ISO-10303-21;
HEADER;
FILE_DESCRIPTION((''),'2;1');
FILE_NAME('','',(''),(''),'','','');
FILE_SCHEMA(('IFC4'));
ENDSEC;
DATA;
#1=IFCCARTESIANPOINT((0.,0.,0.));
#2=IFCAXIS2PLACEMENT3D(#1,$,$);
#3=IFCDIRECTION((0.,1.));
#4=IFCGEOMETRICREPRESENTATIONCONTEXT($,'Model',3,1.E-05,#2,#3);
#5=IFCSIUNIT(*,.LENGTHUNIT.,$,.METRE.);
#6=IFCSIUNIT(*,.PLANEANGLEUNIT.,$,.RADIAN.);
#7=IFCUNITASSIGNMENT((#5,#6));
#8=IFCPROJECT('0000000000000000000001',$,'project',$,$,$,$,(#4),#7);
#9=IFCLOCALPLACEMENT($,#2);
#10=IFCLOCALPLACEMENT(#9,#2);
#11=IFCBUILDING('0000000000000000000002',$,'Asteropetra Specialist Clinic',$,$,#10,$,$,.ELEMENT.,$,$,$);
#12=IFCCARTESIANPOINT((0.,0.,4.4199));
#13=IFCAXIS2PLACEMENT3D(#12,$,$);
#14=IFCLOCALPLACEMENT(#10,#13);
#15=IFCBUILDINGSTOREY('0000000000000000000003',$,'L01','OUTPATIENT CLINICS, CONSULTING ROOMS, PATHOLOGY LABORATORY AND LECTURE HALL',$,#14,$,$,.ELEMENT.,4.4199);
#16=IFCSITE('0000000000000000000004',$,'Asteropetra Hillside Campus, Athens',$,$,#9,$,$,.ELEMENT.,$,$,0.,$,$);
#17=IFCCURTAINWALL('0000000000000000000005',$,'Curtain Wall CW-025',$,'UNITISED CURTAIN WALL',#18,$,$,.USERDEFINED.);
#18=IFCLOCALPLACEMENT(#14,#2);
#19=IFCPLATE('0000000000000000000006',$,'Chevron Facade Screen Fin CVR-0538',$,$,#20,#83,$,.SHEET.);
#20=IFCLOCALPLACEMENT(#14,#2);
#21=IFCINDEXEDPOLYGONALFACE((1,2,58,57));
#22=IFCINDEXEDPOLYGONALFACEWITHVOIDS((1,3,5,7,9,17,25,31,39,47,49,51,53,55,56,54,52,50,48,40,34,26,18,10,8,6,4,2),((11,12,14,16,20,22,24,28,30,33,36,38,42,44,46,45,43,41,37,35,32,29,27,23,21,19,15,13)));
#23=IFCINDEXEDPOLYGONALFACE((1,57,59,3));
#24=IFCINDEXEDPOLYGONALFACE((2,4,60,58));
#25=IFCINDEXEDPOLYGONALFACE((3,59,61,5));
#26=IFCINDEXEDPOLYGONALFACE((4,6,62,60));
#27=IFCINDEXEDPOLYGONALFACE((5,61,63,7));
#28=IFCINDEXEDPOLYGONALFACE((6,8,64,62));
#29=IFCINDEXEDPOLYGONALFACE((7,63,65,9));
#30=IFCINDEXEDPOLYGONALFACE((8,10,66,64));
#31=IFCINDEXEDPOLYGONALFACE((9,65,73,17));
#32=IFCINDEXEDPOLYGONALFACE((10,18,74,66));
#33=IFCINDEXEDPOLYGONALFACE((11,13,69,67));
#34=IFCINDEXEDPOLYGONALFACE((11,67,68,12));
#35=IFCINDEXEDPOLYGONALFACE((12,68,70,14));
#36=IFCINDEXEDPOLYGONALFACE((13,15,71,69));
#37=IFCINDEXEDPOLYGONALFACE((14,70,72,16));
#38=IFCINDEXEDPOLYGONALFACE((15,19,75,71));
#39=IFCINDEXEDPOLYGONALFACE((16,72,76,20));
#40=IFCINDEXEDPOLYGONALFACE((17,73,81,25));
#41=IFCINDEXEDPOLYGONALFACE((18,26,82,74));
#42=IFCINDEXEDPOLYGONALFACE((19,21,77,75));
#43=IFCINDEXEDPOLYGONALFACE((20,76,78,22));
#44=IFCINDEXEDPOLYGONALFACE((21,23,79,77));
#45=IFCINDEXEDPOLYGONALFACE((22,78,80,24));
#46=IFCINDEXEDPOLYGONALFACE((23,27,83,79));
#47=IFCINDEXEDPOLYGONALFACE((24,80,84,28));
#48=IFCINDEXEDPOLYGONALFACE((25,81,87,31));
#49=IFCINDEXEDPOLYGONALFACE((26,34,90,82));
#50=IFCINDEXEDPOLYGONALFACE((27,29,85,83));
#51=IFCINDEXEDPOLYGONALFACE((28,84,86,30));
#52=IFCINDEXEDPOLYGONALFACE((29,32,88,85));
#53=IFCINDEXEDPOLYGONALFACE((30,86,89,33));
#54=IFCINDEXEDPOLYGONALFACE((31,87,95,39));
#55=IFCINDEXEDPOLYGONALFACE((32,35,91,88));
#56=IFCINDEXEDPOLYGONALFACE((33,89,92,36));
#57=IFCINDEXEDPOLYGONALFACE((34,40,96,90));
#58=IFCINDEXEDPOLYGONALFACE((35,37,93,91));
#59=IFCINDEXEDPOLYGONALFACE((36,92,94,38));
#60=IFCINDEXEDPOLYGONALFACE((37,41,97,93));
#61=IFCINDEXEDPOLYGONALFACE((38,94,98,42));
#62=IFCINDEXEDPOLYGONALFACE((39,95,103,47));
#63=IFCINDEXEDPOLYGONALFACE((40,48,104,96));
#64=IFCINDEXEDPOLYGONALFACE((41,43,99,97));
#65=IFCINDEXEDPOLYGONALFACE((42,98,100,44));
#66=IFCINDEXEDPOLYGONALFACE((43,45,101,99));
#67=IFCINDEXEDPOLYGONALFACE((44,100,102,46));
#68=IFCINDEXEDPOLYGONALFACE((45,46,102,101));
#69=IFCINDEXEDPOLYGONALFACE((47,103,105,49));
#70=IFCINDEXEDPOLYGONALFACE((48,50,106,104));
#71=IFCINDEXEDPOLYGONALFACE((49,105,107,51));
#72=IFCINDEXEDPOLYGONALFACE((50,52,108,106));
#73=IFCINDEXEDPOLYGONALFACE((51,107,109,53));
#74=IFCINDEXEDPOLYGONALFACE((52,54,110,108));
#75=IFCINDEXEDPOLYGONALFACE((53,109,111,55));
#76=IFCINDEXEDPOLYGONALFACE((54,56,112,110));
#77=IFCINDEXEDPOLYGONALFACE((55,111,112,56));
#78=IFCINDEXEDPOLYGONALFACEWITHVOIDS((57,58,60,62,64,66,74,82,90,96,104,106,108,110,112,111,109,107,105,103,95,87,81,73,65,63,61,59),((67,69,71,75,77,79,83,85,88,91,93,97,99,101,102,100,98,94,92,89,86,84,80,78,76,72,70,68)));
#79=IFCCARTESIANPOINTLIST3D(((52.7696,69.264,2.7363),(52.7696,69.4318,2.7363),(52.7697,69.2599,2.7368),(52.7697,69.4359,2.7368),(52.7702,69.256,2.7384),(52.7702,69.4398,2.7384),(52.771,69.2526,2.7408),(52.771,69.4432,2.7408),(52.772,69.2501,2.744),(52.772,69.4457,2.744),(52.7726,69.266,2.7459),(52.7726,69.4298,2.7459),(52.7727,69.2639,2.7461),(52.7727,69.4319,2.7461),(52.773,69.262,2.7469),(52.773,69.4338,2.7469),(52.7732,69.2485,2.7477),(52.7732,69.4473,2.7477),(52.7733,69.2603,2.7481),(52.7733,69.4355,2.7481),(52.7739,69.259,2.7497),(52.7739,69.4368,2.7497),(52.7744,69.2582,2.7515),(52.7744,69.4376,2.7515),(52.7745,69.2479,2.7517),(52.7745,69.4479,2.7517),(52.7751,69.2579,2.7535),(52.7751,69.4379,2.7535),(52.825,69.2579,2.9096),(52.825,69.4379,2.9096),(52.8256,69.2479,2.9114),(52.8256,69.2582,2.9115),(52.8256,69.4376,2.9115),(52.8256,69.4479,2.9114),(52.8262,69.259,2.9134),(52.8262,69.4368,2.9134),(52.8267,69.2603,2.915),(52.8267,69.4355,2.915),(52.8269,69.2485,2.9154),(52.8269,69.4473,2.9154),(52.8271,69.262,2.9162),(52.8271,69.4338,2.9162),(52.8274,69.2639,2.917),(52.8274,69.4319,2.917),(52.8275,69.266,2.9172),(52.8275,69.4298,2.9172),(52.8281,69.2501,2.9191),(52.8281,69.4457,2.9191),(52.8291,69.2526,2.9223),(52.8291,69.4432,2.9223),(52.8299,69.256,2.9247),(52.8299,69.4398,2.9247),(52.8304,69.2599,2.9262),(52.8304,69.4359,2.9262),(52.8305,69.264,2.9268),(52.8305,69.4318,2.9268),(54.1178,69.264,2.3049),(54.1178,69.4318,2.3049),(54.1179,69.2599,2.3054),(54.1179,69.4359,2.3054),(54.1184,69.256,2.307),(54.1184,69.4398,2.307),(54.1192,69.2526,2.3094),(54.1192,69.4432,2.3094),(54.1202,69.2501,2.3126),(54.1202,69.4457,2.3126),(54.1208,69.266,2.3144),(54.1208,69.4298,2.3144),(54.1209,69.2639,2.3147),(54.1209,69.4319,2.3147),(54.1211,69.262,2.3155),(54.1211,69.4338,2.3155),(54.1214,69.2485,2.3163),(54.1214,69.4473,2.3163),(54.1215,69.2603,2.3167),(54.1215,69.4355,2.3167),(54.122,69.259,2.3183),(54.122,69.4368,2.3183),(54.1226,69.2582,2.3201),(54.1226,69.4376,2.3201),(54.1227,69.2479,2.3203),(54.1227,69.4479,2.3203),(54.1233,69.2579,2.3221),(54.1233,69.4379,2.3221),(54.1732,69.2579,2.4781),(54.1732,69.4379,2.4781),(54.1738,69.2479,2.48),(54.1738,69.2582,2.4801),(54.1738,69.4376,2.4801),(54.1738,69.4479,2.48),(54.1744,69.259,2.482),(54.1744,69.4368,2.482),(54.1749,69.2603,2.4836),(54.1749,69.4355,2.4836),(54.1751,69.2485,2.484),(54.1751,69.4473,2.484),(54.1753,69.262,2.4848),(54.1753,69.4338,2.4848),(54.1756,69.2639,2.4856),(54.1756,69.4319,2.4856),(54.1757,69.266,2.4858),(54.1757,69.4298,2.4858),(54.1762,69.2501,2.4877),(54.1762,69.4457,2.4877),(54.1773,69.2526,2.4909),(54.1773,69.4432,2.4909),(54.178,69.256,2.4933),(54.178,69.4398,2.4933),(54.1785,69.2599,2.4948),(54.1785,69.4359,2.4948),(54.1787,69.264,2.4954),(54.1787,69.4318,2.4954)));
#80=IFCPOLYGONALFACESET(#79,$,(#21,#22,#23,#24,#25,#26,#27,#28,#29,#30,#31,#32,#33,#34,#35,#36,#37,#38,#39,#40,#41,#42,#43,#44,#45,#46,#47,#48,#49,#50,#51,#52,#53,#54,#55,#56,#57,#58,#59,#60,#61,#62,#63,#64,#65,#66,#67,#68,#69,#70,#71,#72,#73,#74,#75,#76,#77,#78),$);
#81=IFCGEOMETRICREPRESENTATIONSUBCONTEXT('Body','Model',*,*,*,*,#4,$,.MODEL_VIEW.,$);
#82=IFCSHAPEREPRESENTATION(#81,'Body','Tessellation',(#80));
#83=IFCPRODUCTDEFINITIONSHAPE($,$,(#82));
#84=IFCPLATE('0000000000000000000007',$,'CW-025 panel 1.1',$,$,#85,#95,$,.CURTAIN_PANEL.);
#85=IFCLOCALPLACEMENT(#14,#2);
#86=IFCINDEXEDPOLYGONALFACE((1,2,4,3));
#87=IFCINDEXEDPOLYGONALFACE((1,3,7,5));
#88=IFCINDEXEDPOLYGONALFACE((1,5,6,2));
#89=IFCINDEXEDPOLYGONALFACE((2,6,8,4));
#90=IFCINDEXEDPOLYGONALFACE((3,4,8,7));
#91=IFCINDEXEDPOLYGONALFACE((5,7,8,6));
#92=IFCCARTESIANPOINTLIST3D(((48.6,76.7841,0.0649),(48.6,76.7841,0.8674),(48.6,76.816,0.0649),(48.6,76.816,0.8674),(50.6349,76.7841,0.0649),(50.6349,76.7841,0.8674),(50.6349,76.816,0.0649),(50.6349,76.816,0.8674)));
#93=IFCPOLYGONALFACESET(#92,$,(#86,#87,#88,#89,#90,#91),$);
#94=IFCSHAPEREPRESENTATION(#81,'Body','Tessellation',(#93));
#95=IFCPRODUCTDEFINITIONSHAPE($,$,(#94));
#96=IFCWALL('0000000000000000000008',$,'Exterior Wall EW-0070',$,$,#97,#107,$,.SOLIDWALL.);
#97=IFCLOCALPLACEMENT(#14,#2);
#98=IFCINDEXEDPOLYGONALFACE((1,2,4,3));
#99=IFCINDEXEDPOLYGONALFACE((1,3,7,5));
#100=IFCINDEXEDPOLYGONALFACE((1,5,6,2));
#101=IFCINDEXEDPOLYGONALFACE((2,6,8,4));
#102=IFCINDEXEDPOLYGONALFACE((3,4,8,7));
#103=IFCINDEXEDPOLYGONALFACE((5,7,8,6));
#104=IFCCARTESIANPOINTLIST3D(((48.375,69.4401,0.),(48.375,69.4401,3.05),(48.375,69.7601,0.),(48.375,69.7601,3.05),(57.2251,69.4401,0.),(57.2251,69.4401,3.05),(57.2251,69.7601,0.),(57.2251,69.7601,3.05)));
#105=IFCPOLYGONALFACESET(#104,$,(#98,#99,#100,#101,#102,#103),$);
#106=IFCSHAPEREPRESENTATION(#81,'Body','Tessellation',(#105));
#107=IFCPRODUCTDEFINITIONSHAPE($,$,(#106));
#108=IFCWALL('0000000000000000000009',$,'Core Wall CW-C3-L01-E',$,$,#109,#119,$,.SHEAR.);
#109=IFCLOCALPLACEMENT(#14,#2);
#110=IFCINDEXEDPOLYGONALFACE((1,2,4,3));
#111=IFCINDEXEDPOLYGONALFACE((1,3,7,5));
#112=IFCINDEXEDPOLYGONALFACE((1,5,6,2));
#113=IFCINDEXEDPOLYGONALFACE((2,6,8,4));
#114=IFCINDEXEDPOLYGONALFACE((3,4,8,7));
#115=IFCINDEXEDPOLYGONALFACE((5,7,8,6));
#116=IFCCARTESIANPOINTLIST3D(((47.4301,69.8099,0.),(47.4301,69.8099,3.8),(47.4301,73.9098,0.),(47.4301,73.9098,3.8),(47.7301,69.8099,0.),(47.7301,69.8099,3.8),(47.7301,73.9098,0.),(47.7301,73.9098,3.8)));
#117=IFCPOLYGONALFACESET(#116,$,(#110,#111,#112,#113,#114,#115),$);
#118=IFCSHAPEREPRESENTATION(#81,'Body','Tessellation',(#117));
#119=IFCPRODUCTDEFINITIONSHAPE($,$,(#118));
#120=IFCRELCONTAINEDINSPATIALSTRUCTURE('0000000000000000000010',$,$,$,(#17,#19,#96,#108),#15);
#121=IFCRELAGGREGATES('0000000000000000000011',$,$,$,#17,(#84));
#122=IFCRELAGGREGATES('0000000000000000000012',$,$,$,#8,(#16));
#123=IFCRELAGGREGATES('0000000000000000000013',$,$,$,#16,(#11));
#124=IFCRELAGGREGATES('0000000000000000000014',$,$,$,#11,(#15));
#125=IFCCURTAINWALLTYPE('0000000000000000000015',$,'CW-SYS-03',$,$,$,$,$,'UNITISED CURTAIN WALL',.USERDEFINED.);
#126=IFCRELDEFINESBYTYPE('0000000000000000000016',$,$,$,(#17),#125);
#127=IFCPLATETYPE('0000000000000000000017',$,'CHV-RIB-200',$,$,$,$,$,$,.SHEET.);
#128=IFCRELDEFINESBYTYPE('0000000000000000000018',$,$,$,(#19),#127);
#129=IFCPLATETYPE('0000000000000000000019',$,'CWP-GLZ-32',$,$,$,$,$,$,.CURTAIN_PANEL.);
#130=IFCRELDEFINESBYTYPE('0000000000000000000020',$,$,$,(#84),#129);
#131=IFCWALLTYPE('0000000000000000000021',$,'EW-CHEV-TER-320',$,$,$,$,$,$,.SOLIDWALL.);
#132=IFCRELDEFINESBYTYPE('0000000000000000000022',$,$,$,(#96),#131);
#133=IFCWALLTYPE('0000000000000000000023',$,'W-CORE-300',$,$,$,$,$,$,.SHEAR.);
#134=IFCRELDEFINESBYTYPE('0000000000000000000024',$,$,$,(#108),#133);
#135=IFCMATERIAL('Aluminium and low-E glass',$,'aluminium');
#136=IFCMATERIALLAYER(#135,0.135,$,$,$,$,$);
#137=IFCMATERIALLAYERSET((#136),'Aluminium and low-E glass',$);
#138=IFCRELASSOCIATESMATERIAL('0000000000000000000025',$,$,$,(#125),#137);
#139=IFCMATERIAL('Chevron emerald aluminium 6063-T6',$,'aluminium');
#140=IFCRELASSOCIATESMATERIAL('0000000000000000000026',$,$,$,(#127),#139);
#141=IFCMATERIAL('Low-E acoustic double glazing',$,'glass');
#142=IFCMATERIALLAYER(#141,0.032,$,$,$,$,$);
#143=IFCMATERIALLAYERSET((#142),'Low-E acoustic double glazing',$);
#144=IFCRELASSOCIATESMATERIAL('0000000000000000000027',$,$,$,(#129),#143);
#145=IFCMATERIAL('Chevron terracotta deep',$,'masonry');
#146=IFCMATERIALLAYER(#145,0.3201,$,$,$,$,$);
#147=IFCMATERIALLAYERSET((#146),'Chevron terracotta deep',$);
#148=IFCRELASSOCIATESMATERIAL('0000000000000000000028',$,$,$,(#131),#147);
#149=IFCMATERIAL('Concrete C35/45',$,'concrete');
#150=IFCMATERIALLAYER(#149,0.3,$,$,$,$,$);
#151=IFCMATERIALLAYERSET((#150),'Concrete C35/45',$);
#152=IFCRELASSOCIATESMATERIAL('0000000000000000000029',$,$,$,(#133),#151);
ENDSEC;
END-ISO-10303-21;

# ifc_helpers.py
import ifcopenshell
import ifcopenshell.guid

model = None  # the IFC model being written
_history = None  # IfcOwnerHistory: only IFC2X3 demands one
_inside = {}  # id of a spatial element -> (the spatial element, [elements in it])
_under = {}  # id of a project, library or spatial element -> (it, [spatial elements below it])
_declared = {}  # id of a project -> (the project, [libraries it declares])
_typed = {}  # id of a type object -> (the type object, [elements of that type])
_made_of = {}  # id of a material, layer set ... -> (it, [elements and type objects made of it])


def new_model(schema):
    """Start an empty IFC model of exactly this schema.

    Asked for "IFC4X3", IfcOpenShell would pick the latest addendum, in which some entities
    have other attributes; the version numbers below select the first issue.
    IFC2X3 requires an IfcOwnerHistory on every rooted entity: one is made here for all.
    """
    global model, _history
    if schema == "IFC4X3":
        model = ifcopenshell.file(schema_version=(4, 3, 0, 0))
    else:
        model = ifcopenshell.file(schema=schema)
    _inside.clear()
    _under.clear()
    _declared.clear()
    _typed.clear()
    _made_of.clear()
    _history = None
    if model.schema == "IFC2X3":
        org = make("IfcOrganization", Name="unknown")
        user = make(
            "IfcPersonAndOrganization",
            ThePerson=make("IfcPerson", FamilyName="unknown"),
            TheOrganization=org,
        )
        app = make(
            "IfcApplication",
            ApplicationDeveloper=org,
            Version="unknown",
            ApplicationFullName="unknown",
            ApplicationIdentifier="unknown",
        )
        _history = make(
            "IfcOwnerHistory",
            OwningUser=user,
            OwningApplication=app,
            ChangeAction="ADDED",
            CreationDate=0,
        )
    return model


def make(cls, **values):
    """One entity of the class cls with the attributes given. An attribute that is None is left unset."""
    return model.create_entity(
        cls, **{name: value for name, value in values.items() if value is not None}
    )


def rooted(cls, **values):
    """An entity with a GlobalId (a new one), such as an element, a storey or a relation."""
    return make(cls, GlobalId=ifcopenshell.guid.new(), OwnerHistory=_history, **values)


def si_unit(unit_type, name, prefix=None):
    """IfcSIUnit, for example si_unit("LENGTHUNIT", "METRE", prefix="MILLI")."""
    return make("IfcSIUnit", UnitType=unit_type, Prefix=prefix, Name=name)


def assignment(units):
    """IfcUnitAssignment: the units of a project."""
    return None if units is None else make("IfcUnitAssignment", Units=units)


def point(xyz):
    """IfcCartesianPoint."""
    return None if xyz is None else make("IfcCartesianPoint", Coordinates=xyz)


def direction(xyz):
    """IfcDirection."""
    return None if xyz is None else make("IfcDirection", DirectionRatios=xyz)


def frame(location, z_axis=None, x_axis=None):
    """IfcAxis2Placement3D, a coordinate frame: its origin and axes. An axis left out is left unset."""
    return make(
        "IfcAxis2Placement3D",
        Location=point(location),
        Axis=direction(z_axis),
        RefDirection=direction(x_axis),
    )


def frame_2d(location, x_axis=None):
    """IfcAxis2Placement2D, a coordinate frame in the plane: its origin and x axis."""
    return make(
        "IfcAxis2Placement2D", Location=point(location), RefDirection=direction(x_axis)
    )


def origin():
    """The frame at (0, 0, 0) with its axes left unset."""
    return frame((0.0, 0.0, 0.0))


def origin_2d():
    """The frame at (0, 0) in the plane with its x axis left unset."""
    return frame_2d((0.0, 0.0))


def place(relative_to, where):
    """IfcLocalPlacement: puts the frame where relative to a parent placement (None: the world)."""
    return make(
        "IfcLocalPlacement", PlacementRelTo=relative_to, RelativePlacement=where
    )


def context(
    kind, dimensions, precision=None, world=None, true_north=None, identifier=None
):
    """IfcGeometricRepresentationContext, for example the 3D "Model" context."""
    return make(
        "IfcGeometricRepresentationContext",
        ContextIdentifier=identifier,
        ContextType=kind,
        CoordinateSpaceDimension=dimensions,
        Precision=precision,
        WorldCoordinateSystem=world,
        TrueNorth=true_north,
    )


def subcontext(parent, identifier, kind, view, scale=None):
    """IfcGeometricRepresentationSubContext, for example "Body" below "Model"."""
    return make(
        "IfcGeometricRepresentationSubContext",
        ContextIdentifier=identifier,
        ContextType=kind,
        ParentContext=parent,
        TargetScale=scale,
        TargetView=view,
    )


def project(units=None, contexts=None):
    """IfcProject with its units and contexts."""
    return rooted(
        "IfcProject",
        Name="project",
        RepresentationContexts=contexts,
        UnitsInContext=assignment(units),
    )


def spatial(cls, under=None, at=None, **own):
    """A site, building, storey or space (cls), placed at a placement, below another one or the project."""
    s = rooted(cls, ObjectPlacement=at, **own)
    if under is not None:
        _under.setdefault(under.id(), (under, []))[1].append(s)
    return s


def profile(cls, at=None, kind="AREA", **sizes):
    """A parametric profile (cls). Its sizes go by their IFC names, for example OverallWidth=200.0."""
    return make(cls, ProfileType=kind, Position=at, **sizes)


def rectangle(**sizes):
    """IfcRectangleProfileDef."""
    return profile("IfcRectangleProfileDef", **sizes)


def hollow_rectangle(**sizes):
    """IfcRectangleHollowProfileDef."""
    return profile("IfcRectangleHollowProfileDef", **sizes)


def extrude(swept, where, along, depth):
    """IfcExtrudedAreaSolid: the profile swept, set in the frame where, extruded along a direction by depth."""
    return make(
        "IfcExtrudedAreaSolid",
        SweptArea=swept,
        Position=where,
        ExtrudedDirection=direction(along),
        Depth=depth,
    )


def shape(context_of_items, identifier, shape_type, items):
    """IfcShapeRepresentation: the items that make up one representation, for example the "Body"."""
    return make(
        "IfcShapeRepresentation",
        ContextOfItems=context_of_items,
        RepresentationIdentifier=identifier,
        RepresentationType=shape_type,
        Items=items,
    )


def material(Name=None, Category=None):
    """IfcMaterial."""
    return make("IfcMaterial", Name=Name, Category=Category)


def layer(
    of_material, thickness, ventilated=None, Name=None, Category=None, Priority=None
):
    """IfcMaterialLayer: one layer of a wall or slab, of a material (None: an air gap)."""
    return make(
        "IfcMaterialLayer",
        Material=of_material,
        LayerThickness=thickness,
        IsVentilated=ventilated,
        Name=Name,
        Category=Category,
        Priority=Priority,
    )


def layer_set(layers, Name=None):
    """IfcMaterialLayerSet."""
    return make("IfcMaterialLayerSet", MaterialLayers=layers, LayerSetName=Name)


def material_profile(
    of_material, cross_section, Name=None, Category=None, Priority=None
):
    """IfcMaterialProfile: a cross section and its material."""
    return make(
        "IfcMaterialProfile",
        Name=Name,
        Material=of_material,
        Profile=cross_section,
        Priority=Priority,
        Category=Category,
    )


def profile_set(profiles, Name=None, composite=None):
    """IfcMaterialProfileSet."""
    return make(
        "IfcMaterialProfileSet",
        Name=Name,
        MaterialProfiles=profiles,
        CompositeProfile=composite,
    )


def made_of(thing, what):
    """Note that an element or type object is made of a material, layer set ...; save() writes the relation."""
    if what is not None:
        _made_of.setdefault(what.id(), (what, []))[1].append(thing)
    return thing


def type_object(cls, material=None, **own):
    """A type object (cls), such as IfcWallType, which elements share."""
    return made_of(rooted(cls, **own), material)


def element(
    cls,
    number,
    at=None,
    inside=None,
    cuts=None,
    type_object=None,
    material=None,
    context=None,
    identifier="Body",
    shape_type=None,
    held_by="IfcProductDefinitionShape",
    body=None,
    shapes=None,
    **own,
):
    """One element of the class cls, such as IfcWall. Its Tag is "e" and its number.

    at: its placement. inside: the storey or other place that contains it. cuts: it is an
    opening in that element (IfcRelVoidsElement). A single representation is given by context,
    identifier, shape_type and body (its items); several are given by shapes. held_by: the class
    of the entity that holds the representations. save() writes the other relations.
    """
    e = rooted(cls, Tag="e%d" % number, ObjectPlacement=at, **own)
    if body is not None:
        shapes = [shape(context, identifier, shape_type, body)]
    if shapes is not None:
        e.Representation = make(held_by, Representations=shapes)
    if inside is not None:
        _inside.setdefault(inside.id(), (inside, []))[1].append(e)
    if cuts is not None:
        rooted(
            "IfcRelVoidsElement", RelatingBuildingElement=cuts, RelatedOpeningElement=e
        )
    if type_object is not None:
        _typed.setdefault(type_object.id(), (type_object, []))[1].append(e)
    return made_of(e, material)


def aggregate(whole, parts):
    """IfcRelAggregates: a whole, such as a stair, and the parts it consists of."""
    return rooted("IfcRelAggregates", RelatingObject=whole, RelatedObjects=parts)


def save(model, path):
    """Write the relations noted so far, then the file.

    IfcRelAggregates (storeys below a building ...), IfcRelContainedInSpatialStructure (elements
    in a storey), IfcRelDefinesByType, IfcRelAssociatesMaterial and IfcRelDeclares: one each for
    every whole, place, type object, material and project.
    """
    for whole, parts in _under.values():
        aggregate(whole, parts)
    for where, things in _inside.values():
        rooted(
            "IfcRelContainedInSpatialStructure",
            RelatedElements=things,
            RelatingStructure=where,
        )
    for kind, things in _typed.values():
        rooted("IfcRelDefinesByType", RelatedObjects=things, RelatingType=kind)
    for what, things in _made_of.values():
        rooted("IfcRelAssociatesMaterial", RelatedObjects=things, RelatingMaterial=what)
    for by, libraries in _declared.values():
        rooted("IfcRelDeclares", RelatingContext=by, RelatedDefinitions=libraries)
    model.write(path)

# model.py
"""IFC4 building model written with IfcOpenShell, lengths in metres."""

from ifc_helpers import new_model, si_unit, direction, frame, frame_2d, origin, origin_2d, place, context, subcontext, project, spatial, rectangle, hollow_rectangle, extrude, material, layer, layer_set, material_profile, profile_set, type_object, element, aggregate, save


model = new_model("IFC4")

# Units and contexts
model_context = context("Model", 3, precision=1e-05, world=origin(), true_north=direction((0.0, 1.0)))
body_context = subcontext(model_context, "Body", "Model", "MODEL_VIEW")
ifc_project = project(units=[si_unit("LENGTHUNIT", "METRE"), si_unit("PLANEANGLEUNIT", "RADIAN")], contexts=[model_context])

# Site, building, storey
site_placement = place(None, origin())
site = spatial("IfcSite", under=ifc_project, at=site_placement, Name="Asteropetra Hillside Campus, Athens", CompositionType="ELEMENT", RefElevation=0.0)
building_placement = place(site_placement, origin())
building = spatial("IfcBuilding", under=site, at=building_placement, Name="Asteropetra Specialist Clinic", CompositionType="ELEMENT")
storey_placement = place(building_placement, frame((0.0, 0.0, 4.4199)))
storey = spatial("IfcBuildingStorey", under=building, at=storey_placement, Name="L01", Description="OUTPATIENT CLINICS, CONSULTING ROOMS, PATHOLOGY LABORATORY AND LECTURE HALL", CompositionType="ELEMENT", Elevation=4.4199)

# Curtain wall
ifc_material_1 = material(Name="Aluminium and low-E glass", Category="aluminium")
ifc_layer_1 = layer(ifc_material_1, 0.135)
ifc_layer_set_1 = layer_set([ifc_layer_1], Name="Aluminium and low-E glass")
curtain_wall_type = type_object("IfcCurtainWallType", Name="CW-SYS-03", ElementType="UNITISED CURTAIN WALL", PredefinedType="USERDEFINED", material=ifc_layer_set_1)
curtain_wall_placement = place(storey_placement, origin())
curtain_wall = element("IfcCurtainWall", 1, at=curtain_wall_placement, inside=storey, type_object=curtain_wall_type, Name="Curtain Wall CW-025", ObjectType="UNITISED CURTAIN WALL", PredefinedType="USERDEFINED")

# Plate
ifc_material_2 = material(Name="Chevron emerald aluminium 6063-T6", Category="aluminium")
ifc_material_profile_1 = material_profile(ifc_material_2, hollow_rectangle(XDim=0.2, YDim=0.2, WallThickness=0.01, InnerFilletRadius=0.0081, OuterFilletRadius=0.0161, at=origin_2d()), Name="SHS 200x200x10.0")
ifc_profile_set_1 = profile_set([ifc_material_profile_1], Name="Chevron emerald aluminium 6063-T6")
plate_type_1 = type_object("IfcPlateType", Name="CHV-RIB-200", PredefinedType="SHEET", material=ifc_profile_set_1)
plate_1_placement = place(storey_placement, frame((52.8, 69.3479, 2.8315), z_axis=(0.952426, 0.0, -0.304769), x_axis=(0.0, 1.0, 0.0)))
element("IfcPlate", 2, at=plate_1_placement, inside=storey, type_object=plate_type_1, Name="Chevron Facade Screen Fin CVR-0538", PredefinedType="SHEET", context=body_context, shape_type="SweptSolid", body=[
    extrude(hollow_rectangle(XDim=0.2, YDim=0.2, WallThickness=0.01, InnerFilletRadius=0.0081, OuterFilletRadius=0.0161, at=origin_2d()), origin(), (0.0, 0.0, 1.0), 1.4155),
])

# Plate
ifc_material_3 = material(Name="Low-E acoustic double glazing", Category="glass")
ifc_layer_2 = layer(ifc_material_3, 0.032)
ifc_layer_set_2 = layer_set([ifc_layer_2], Name="Low-E acoustic double glazing")
plate_type_2 = type_object("IfcPlateType", Name="CWP-GLZ-32", PredefinedType="CURTAIN_PANEL", material=ifc_layer_set_2)
plate_2_placement = place(storey_placement, frame((49.6174, 76.8, 0.0649), z_axis=(0.0, 0.0, 1.0), x_axis=(1.0, 0.0, 0.0)))
plate_2 = element("IfcPlate", 3, at=plate_2_placement, type_object=plate_type_2, Name="CW-025 panel 1.1", PredefinedType="CURTAIN_PANEL", context=body_context, shape_type="SweptSolid", body=[
    extrude(rectangle(XDim=2.0349, YDim=0.032, at=origin_2d()), origin(), (0.0, 0.0, 1.0), 0.8025),
])
aggregate(curtain_wall, [plate_2])

# Walls
ifc_material_4 = material(Name="Chevron terracotta deep", Category="masonry")
ifc_layer_3 = layer(ifc_material_4, 0.3201)
ifc_layer_set_3 = layer_set([ifc_layer_3], Name="Chevron terracotta deep")
wall_type_1 = type_object("IfcWallType", Name="EW-CHEV-TER-320", PredefinedType="SOLIDWALL", material=ifc_layer_set_3)
wall_1_placement = place(storey_placement, frame((48.375, 69.6001, 0.0), z_axis=(0.0, 0.0, 1.0), x_axis=(1.0, 0.0, 0.0)))
element("IfcWall", 4, at=wall_1_placement, inside=storey, type_object=wall_type_1, Name="Exterior Wall EW-0070", PredefinedType="SOLIDWALL", context=body_context, shape_type="SweptSolid", body=[
    extrude(rectangle(XDim=8.8501, YDim=0.3201, at=frame_2d((4.425, 0.0))), origin(), (0.0, 0.0, 1.0), 3.05),
])
ifc_material_5 = material(Name="Concrete C35/45", Category="concrete")
ifc_layer_4 = layer(ifc_material_5, 0.3)
ifc_layer_set_4 = layer_set([ifc_layer_4], Name="Concrete C35/45")
wall_type_2 = type_object("IfcWallType", Name="W-CORE-300", PredefinedType="SHEAR", material=ifc_layer_set_4)
wall_2_placement = place(storey_placement, frame((47.5801, 69.8101, 0.0), z_axis=(0.0, 0.0, 1.0), x_axis=(0.0, 1.0, 0.0)))
element("IfcWall", 5, at=wall_2_placement, inside=storey, type_object=wall_type_2, Name="Core Wall CW-C3-L01-E", PredefinedType="SHEAR", context=body_context, shape_type="SweptSolid", body=[
    extrude(rectangle(XDim=4.0999, YDim=0.3, at=frame_2d((2.0498, 0.0))), origin(), (0.0, 0.0, 1.0), 3.8),
])

save(model, "model.ifc")
